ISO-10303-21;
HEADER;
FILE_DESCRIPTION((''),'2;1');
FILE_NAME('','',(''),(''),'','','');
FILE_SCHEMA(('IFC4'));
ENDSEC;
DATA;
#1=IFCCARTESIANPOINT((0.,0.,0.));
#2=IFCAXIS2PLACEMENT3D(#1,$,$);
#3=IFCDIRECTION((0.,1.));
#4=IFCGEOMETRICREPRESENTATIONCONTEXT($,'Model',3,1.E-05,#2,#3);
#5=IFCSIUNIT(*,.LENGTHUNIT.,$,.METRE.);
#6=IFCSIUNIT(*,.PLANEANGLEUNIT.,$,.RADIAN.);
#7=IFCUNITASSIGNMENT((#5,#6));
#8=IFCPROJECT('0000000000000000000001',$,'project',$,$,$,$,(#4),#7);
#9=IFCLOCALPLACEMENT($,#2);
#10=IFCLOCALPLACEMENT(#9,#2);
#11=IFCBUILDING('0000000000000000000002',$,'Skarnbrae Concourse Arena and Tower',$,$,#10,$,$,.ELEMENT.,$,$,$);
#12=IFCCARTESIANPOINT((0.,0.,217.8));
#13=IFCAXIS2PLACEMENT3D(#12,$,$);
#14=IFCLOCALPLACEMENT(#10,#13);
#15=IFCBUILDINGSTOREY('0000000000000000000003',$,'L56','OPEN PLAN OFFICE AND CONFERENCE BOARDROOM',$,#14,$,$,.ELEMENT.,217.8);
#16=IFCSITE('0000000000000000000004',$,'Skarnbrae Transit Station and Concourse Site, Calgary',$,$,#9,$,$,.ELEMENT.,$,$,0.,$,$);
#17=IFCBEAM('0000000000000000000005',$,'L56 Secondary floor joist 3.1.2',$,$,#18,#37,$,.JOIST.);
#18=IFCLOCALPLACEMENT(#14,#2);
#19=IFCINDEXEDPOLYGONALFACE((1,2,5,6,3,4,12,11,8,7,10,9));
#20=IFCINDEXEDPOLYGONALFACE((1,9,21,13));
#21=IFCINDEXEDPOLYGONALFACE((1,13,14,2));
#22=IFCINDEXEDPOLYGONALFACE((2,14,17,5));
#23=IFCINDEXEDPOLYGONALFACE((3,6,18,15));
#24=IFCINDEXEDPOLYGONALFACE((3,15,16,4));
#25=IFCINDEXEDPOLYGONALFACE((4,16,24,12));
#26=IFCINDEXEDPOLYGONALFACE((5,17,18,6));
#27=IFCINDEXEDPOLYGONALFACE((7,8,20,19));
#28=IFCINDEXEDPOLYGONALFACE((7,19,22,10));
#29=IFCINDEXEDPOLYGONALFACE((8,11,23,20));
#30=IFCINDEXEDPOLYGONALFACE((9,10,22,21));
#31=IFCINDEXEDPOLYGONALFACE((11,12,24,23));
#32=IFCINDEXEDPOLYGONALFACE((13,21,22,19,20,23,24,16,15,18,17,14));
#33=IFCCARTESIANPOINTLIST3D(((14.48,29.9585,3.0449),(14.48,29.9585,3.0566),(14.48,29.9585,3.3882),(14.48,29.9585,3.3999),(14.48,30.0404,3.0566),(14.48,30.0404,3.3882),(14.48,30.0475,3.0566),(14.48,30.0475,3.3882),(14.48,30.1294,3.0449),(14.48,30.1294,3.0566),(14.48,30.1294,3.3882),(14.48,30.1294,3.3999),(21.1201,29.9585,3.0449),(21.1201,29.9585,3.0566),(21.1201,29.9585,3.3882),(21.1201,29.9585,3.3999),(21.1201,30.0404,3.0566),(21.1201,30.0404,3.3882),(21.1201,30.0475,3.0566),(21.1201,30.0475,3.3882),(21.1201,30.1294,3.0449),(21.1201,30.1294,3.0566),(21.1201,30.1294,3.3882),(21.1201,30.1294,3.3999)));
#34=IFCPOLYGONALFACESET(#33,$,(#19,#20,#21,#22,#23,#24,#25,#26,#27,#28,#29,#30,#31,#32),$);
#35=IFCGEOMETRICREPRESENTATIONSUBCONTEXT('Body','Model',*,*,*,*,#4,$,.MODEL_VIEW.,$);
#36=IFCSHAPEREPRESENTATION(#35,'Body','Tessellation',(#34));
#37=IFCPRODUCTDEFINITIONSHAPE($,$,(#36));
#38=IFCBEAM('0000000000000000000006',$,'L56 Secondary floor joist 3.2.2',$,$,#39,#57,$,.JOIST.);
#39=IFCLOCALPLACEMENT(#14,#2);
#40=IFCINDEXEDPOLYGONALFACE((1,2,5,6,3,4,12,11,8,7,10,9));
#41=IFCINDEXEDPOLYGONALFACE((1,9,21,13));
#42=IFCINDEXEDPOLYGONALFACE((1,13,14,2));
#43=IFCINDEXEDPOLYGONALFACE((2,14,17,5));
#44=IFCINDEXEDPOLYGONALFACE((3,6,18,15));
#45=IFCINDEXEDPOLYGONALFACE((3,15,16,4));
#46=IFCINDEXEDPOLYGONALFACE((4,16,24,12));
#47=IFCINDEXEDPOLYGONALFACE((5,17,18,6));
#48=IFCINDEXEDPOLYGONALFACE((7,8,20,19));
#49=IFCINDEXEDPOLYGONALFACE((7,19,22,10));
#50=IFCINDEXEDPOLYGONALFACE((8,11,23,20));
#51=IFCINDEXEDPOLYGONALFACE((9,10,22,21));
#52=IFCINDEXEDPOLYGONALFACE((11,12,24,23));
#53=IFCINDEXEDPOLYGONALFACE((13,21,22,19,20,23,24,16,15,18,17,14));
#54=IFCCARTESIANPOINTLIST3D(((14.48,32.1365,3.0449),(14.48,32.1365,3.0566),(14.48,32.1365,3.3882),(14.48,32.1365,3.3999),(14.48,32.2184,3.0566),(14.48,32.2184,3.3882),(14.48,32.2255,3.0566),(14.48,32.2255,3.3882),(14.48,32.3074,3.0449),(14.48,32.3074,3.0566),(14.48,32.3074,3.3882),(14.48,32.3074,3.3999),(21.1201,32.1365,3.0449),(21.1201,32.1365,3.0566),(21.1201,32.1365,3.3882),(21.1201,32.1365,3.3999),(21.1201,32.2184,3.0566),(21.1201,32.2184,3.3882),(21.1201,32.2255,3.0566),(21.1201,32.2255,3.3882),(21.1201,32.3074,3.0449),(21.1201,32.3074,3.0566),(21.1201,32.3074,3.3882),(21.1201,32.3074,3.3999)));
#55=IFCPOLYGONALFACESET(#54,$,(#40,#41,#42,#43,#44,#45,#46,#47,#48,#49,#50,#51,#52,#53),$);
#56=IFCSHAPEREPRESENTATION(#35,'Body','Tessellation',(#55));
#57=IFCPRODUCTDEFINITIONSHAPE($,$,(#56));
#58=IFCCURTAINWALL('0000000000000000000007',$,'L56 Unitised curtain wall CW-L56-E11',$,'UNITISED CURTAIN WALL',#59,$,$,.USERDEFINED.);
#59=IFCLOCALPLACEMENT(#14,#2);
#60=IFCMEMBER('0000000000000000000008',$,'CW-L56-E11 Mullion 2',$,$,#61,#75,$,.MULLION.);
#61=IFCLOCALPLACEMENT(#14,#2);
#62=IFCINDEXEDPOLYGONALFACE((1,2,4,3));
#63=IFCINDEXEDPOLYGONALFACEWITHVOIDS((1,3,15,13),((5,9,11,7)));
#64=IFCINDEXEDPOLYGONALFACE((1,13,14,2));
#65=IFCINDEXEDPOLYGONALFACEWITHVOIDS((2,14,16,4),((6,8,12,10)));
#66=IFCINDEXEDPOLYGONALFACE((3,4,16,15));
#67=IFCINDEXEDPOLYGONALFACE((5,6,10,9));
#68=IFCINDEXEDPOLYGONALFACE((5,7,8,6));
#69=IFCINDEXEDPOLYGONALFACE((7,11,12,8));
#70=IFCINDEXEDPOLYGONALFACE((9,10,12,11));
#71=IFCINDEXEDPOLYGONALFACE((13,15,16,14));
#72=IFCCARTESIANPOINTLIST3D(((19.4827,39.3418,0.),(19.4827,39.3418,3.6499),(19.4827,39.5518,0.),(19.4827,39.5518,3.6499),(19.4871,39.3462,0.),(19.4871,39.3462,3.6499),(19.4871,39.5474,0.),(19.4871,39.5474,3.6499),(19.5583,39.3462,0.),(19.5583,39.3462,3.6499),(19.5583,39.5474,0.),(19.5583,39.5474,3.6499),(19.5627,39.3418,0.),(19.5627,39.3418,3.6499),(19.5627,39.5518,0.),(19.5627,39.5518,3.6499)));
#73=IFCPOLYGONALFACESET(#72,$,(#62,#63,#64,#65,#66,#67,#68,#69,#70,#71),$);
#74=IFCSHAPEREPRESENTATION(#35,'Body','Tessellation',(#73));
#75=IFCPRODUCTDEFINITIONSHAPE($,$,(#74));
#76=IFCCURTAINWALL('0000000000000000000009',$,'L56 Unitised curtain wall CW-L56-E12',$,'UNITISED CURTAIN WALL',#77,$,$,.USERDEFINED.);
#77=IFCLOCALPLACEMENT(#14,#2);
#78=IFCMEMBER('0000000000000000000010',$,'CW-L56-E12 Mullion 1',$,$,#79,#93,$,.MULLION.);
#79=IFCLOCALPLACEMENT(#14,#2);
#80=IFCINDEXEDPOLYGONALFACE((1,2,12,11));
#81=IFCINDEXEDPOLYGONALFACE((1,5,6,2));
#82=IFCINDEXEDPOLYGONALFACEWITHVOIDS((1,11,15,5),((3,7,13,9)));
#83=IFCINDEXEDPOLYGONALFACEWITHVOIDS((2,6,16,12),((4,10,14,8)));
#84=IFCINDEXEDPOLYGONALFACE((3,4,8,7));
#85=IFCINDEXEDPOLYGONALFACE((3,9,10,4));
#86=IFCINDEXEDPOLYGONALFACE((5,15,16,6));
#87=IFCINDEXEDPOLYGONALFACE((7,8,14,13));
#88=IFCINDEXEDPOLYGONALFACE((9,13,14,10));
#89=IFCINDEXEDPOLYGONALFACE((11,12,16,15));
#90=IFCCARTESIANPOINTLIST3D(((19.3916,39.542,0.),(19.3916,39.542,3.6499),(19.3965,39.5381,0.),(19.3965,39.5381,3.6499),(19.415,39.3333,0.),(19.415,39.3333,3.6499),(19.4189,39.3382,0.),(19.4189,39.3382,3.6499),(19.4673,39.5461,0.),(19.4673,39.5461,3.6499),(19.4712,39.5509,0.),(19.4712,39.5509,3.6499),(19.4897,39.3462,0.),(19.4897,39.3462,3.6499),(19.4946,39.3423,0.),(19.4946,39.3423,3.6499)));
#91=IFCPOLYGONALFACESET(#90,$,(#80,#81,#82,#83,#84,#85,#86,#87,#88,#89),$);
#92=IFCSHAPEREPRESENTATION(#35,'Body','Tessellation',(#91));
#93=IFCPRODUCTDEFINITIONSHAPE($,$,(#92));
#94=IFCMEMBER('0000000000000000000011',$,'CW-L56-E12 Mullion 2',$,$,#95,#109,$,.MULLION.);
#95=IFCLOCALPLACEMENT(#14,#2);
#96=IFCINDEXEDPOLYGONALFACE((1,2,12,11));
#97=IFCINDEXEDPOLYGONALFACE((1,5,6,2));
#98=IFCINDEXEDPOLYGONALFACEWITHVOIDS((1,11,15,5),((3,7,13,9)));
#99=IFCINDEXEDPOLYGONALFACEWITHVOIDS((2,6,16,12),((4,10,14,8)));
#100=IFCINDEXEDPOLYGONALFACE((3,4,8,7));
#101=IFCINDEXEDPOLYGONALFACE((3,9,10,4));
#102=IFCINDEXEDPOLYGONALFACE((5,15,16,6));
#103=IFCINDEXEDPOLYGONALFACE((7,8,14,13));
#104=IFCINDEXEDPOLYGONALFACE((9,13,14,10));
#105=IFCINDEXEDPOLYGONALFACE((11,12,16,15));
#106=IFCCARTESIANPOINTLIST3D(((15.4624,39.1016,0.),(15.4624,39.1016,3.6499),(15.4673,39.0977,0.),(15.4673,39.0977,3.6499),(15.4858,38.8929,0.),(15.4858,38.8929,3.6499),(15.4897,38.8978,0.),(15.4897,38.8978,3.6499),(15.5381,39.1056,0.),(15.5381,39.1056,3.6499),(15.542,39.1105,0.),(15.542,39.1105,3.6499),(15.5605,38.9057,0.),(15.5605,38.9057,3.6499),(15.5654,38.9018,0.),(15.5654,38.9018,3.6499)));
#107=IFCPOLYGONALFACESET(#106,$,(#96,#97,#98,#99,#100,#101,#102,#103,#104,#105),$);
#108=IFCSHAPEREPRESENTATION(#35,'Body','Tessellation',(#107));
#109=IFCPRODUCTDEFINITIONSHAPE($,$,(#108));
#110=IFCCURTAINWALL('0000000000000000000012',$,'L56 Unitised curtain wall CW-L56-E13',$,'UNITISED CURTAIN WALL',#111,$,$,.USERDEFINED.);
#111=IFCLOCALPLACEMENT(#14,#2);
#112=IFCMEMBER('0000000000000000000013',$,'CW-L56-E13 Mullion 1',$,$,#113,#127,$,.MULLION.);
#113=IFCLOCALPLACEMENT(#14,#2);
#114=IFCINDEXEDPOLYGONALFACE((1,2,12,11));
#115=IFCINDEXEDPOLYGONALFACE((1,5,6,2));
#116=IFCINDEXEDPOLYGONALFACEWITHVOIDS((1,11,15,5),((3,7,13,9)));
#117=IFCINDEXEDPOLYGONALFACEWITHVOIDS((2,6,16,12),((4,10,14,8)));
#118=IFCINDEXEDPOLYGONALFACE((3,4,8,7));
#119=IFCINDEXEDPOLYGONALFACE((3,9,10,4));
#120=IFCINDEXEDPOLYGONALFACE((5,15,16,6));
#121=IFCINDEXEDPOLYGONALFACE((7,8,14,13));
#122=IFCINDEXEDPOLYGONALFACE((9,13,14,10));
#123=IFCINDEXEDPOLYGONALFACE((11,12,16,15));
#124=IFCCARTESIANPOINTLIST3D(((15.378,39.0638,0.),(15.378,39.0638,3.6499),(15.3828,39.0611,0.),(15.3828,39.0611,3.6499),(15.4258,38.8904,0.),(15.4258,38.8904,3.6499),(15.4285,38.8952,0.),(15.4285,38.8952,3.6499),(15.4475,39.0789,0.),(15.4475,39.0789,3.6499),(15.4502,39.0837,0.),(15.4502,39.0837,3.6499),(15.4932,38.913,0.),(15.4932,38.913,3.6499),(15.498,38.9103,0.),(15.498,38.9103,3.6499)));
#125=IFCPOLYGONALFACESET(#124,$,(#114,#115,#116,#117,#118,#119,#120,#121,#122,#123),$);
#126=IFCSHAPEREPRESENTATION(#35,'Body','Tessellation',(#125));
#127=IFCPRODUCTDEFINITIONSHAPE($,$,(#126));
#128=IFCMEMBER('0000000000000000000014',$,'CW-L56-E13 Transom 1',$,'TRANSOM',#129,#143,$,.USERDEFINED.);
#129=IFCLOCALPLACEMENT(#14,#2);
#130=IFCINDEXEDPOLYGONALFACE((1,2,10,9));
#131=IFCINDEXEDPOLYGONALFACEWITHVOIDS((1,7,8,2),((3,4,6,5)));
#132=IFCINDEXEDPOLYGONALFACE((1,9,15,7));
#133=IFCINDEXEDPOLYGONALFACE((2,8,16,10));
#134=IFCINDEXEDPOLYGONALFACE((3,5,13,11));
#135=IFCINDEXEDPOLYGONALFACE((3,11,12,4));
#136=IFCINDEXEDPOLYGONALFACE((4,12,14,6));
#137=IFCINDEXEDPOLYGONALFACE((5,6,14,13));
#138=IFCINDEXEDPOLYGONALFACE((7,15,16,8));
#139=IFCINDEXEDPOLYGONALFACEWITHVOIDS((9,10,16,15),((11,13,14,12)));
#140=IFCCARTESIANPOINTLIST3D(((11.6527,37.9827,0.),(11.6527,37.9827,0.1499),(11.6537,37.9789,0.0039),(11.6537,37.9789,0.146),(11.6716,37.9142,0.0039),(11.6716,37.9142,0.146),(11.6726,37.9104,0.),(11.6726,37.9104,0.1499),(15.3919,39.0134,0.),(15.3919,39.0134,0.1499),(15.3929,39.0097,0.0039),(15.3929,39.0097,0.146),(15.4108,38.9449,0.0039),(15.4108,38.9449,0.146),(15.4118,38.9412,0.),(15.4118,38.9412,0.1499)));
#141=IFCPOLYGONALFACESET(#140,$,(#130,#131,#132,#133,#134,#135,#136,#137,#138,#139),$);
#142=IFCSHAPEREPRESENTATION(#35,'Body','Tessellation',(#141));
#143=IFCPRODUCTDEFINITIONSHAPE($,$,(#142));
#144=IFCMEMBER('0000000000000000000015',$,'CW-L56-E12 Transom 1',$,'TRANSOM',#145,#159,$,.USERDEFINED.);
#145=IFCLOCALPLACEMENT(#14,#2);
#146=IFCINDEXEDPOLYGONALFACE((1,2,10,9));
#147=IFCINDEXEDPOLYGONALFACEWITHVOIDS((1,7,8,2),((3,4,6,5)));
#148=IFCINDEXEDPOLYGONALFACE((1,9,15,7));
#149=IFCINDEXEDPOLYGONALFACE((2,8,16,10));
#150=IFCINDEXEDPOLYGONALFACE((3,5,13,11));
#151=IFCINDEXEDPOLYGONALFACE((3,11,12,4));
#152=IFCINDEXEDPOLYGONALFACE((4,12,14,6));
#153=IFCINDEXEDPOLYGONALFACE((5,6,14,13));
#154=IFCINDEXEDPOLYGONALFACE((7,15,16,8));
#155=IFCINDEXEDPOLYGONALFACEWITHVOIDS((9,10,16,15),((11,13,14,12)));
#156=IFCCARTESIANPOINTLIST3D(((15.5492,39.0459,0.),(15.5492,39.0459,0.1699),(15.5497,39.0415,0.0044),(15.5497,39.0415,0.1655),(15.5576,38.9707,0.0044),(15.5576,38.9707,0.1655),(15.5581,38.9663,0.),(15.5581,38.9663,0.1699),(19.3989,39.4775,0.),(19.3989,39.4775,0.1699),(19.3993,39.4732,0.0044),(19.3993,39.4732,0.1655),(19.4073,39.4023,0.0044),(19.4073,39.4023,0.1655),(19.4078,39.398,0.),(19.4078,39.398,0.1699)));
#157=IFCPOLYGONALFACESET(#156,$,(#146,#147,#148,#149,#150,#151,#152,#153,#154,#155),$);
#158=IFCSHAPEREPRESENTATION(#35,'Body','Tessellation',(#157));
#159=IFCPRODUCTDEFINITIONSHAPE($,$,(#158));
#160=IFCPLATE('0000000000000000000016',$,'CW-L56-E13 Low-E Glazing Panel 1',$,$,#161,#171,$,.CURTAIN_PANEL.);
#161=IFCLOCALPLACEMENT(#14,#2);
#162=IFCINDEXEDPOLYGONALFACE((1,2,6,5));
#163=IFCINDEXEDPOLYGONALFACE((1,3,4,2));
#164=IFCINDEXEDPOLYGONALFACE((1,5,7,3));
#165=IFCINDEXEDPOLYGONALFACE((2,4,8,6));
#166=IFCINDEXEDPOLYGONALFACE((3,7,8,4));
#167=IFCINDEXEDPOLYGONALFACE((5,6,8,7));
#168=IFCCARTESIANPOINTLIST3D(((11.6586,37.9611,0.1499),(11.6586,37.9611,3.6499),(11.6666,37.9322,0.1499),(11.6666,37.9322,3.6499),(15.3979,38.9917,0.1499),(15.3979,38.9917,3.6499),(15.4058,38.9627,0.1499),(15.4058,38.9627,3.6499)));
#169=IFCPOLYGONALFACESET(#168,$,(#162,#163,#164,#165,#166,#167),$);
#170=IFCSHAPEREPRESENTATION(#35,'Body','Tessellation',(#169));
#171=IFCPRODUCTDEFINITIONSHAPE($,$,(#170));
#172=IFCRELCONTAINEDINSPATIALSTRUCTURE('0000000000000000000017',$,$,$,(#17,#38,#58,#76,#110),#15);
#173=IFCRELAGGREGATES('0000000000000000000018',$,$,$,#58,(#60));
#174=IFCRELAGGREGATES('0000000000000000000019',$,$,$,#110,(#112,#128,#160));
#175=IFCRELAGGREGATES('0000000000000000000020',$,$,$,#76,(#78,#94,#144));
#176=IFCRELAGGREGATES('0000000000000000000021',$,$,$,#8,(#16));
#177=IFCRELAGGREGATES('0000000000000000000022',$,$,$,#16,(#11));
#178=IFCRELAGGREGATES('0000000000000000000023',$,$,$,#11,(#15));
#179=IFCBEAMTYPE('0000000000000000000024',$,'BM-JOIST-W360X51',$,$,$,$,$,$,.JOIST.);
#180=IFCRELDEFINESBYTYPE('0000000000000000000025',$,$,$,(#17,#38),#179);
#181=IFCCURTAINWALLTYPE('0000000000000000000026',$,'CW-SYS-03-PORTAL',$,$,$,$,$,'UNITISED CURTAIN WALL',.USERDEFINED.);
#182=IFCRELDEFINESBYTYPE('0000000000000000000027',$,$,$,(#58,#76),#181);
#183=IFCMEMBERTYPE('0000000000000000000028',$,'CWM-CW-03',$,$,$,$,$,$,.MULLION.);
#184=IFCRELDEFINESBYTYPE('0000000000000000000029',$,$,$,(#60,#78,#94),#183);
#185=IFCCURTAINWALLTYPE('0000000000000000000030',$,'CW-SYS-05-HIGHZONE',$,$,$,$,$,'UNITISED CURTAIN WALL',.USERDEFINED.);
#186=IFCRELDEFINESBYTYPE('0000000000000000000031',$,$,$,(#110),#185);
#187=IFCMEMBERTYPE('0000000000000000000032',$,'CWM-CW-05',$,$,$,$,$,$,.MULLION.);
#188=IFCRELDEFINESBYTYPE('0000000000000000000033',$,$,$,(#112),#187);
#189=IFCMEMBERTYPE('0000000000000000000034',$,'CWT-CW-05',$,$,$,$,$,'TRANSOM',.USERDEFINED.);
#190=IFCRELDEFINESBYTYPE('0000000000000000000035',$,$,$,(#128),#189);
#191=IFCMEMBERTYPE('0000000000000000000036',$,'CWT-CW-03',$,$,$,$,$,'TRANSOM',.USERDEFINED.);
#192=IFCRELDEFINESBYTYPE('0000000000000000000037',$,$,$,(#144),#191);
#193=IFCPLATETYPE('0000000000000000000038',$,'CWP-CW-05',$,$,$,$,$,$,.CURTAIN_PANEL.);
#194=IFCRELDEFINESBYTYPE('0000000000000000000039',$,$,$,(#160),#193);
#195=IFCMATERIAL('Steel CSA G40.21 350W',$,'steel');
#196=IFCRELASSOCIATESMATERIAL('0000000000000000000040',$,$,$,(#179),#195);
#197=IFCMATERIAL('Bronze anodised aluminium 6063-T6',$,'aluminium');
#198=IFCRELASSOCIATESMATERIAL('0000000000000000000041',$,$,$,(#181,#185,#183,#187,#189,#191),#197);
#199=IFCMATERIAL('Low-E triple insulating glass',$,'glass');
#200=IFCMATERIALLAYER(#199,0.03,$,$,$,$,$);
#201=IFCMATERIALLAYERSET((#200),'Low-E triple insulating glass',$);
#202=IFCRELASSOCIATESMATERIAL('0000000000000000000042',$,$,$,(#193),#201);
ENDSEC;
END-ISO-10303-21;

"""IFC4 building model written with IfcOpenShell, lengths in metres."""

from ifc_helpers import new_model, si_unit, direction, frame, origin, origin_2d, place, context, subcontext, project, spatial, rectangle, hollow_rectangle, i_section, extrude, source, transform, mapped, material, layer, layer_set, material_profile, profile_set, type_object, element, aggregate, save


model = new_model("IFC4")

# Units and contexts
model_context = context("Model", 3, precision=1e-05, world=origin(), true_north=direction((0.0, 1.0)))
body_context = subcontext(model_context, "Body", "Model", "MODEL_VIEW")
ifc_project = project(units=[si_unit("LENGTHUNIT", "METRE"), si_unit("PLANEANGLEUNIT", "RADIAN")], contexts=[model_context])

# Site, building, storey
site_placement = place(None, origin())
site = spatial("IfcSite", under=ifc_project, at=site_placement, Name="Skarnbrae Transit Station and Concourse Site, Calgary", CompositionType="ELEMENT", RefElevation=0.0)
building_placement = place(site_placement, origin())
building = spatial("IfcBuilding", under=site, at=building_placement, Name="Skarnbrae Concourse Arena and Tower", CompositionType="ELEMENT")
storey_placement = place(building_placement, frame((0.0, 0.0, 217.8)))
storey = spatial("IfcBuildingStorey", under=building, at=storey_placement, Name="L56", Description="OPEN PLAN OFFICE AND CONFERENCE BOARDROOM", CompositionType="ELEMENT", Elevation=217.8)

# Shared definitions
ifc_material_1 = material(Name="Steel CSA G40.21 350W", Category="steel")

# Beams
ifc_material_profile_1 = material_profile(ifc_material_1, i_section(OverallWidth=0.1709, OverallDepth=0.355, WebThickness=0.0071, FlangeThickness=0.0117, at=origin_2d()), Name="W360X51")
ifc_profile_set_1 = profile_set([ifc_material_profile_1], Name="Steel CSA G40.21 350W")
beam_type_1 = type_object("IfcBeamType", Name="BM-JOIST-W360X51", PredefinedType="JOIST", material=ifc_profile_set_1)
shared_shape_1 = source(origin(), body_context, "Body", "SweptSolid", [
    extrude(i_section(OverallWidth=0.1709, OverallDepth=0.355, WebThickness=0.0071, FlangeThickness=0.0117, at=origin_2d()), origin(), (0.0, 0.0, 1.0), 6.6401),
])
for number, where, z_axis, x_axis, name in (
    (1, (14.48, 30.0439, 3.2224), (1.0, 0.0, 0.0), (0.0, 1.0, 0.0), "L56 Secondary floor joist 3.1.2"),
    (2, (14.48, 32.2219, 3.2224), (1.0, 0.0, 0.0), (0.0, 1.0, 0.0), "L56 Secondary floor joist 3.2.2"),
):
    element("IfcBeam", number, at=place(storey_placement, frame(where, z_axis=z_axis, x_axis=x_axis)), inside=storey, type_object=beam_type_1, Name=name, PredefinedType="JOIST", context=body_context, shape_type="MappedRepresentation", body=[
        mapped(shared_shape_1, transform((0.0, 0.0, 0.0))),
    ])

# Curtain wall, member
ifc_material_2 = material(Name="Bronze anodised aluminium 6063-T6", Category="aluminium")
curtain_wall_type_1 = type_object("IfcCurtainWallType", Name="CW-SYS-03-PORTAL", ElementType="UNITISED CURTAIN WALL", PredefinedType="USERDEFINED", material=ifc_material_2)
curtain_wall_1_placement = place(storey_placement, origin())
curtain_wall_1 = element("IfcCurtainWall", 3, at=curtain_wall_1_placement, inside=storey, type_object=curtain_wall_type_1, Name="L56 Unitised curtain wall CW-L56-E11", ObjectType="UNITISED CURTAIN WALL", PredefinedType="USERDEFINED")
ifc_material_profile_2 = material_profile(ifc_material_2, hollow_rectangle(XDim=0.0801, YDim=0.21, WallThickness=0.0044, at=origin_2d()), Name="ALU-MULL-80X210")
ifc_profile_set_2 = profile_set([ifc_material_profile_2], Name="Bronze anodised aluminium 6063-T6")
member_type_1 = type_object("IfcMemberType", Name="CWM-CW-03", PredefinedType="MULLION", material=ifc_profile_set_2)
shared_shape_2 = source(origin(), body_context, "Body", "SweptSolid", [
    extrude(hollow_rectangle(XDim=0.0801, YDim=0.21, WallThickness=0.0044, at=origin_2d()), origin(), (0.0, 0.0, 1.0), 3.6499),
])
member_1_placement = place(storey_placement, frame((19.5227, 39.4468, 0.0), z_axis=(0.0, 0.0, 1.0), x_axis=(-1.0, 0.0, 0.0)))
member_1 = element("IfcMember", 4, at=member_1_placement, type_object=member_type_1, Name="CW-L56-E11 Mullion 2", PredefinedType="MULLION", context=body_context, shape_type="MappedRepresentation", body=[
    mapped(shared_shape_2, transform((0.0, 0.0, 0.0))),
])
aggregate(curtain_wall_1, [member_1])

# Curtain walls, members
curtain_wall_2_placement = place(storey_placement, origin())
curtain_wall_2 = element("IfcCurtainWall", 5, at=curtain_wall_2_placement, inside=storey, type_object=curtain_wall_type_1, Name="L56 Unitised curtain wall CW-L56-E12", ObjectType="UNITISED CURTAIN WALL", PredefinedType="USERDEFINED")
member_2_placement = place(storey_placement, frame((19.4431, 39.4421, 0.0), z_axis=(0.0, 0.0, 1.0), x_axis=(-0.993769, -0.11146, 0.0)))
member_2 = element("IfcMember", 6, at=member_2_placement, type_object=member_type_1, Name="CW-L56-E12 Mullion 1", PredefinedType="MULLION", context=body_context, shape_type="MappedRepresentation", body=[
    mapped(shared_shape_2, transform((0.0, 0.0, 0.0))),
])
member_3_placement = place(storey_placement, frame((15.5139, 39.0017, 0.0), z_axis=(0.0, 0.0, 1.0), x_axis=(-0.993769, -0.11146, 0.0)))
member_3 = element("IfcMember", 7, at=member_3_placement, type_object=member_type_1, Name="CW-L56-E12 Mullion 2", PredefinedType="MULLION", context=body_context, shape_type="MappedRepresentation", body=[
    mapped(shared_shape_2, transform((0.0, 0.0, 0.0))),
])
curtain_wall_type_2 = type_object("IfcCurtainWallType", Name="CW-SYS-05-HIGHZONE", ElementType="UNITISED CURTAIN WALL", PredefinedType="USERDEFINED", material=ifc_material_2)
curtain_wall_3_placement = place(storey_placement, origin())
curtain_wall_3 = element("IfcCurtainWall", 8, at=curtain_wall_3_placement, inside=storey, type_object=curtain_wall_type_2, Name="L56 Unitised curtain wall CW-L56-E13", ObjectType="UNITISED CURTAIN WALL", PredefinedType="USERDEFINED")
ifc_material_profile_3 = material_profile(ifc_material_2, hollow_rectangle(XDim=0.075, YDim=0.1799, WallThickness=0.0039, at=origin_2d()), Name="ALU-MULL-75X180")
ifc_profile_set_3 = profile_set([ifc_material_profile_3], Name="Bronze anodised aluminium 6063-T6")
member_type_2 = type_object("IfcMemberType", Name="CWM-CW-05", PredefinedType="MULLION", material=ifc_profile_set_3)
shared_shape_3 = source(origin(), body_context, "Body", "SweptSolid", [
    extrude(hollow_rectangle(XDim=0.075, YDim=0.1799, WallThickness=0.0039, at=origin_2d()), origin(), (0.0, 0.0, 1.0), 3.6499),
])
member_4_placement = place(storey_placement, frame((15.438, 38.9871, 0.0), z_axis=(0.0, 0.0, 1.0), x_axis=(-0.964057, -0.265694, 0.0)))
member_4 = element("IfcMember", 9, at=member_4_placement, type_object=member_type_2, Name="CW-L56-E13 Mullion 1", PredefinedType="MULLION", context=body_context, shape_type="MappedRepresentation", body=[
    mapped(shared_shape_3, transform((0.0, 0.0, 0.0))),
])
ifc_material_profile_4 = material_profile(ifc_material_2, hollow_rectangle(XDim=0.075, YDim=0.1499, WallThickness=0.0039, at=origin_2d()), Name="ALU-TRAN-75X150")
ifc_profile_set_4 = profile_set([ifc_material_profile_4], Name="Bronze anodised aluminium 6063-T6")
member_type_3 = type_object("IfcMemberType", Name="CWT-CW-05", ElementType="TRANSOM", PredefinedType="USERDEFINED", material=ifc_profile_set_4)
shared_shape_4 = source(origin(), body_context, "Body", "SweptSolid", [
    extrude(hollow_rectangle(XDim=0.075, YDim=0.1499, WallThickness=0.0039, at=origin_2d()), origin(), (0.0, 0.0, 1.0), 3.8787),
])
member_5_placement = place(storey_placement, frame((15.4019, 38.9773, 0.075), z_axis=(-0.964043, -0.265747, 0.0), x_axis=(0.265747, -0.964043, 0.0)))
member_5 = element("IfcMember", 10, at=member_5_placement, type_object=member_type_3, Name="CW-L56-E13 Transom 1", ObjectType="TRANSOM", PredefinedType="USERDEFINED", context=body_context, shape_type="MappedRepresentation", body=[
    mapped(shared_shape_4, transform((0.0, 0.0, 0.0))),
])

# Member
ifc_material_profile_5 = material_profile(ifc_material_2, hollow_rectangle(XDim=0.0801, YDim=0.1699, WallThickness=0.0044, at=origin_2d()), Name="ALU-TRAN-80X170")
ifc_profile_set_5 = profile_set([ifc_material_profile_5], Name="Bronze anodised aluminium 6063-T6")
member_type_4 = type_object("IfcMemberType", Name="CWT-CW-03", ElementType="TRANSOM", PredefinedType="USERDEFINED", material=ifc_profile_set_5)
shared_shape_5 = source(origin(), body_context, "Body", "SweptSolid", [
    extrude(hollow_rectangle(XDim=0.0801, YDim=0.1699, WallThickness=0.0044, at=origin_2d()), origin(), (0.0, 0.0, 1.0), 3.8738),
])
member_6_placement = place(storey_placement, frame((19.4033, 39.4377, 0.085), z_axis=(-0.993773, -0.111428, 0.0), x_axis=(0.111428, -0.993773, 0.0)))
member_6 = element("IfcMember", 11, at=member_6_placement, type_object=member_type_4, Name="CW-L56-E12 Transom 1", ObjectType="TRANSOM", PredefinedType="USERDEFINED", context=body_context, shape_type="MappedRepresentation", body=[
    mapped(shared_shape_5, transform((0.0, 0.0, 0.0))),
])

# Plate
ifc_material_3 = material(Name="Low-E triple insulating glass", Category="glass")
ifc_layer_1 = layer(ifc_material_3, 0.03)
ifc_layer_set_1 = layer_set([ifc_layer_1], Name="Low-E triple insulating glass")
plate_type_1 = type_object("IfcPlateType", Name="CWP-CW-05", PredefinedType="CURTAIN_PANEL", material=ifc_layer_set_1)
shared_shape_6 = source(origin(), body_context, "Body", "SweptSolid", [
    extrude(rectangle(XDim=3.8787, YDim=0.03, at=origin_2d()), origin(), (0.0, 0.0, 1.0), 3.5),
])
plate_1_placement = place(storey_placement, frame((13.5322, 38.4619, 0.1499), z_axis=(0.0, 0.0, 1.0), x_axis=(-0.964057, -0.265694, 0.0)))
plate_1 = element("IfcPlate", 12, at=plate_1_placement, type_object=plate_type_1, Name="CW-L56-E13 Low-E Glazing Panel 1", PredefinedType="CURTAIN_PANEL", context=body_context, shape_type="MappedRepresentation", body=[
    mapped(shared_shape_6, transform((0.0, 0.0, 0.0))),
])
aggregate(curtain_wall_3, [member_4, member_5, plate_1])
aggregate(curtain_wall_2, [member_2, member_3, member_6])

save(model, "model.ifc")
